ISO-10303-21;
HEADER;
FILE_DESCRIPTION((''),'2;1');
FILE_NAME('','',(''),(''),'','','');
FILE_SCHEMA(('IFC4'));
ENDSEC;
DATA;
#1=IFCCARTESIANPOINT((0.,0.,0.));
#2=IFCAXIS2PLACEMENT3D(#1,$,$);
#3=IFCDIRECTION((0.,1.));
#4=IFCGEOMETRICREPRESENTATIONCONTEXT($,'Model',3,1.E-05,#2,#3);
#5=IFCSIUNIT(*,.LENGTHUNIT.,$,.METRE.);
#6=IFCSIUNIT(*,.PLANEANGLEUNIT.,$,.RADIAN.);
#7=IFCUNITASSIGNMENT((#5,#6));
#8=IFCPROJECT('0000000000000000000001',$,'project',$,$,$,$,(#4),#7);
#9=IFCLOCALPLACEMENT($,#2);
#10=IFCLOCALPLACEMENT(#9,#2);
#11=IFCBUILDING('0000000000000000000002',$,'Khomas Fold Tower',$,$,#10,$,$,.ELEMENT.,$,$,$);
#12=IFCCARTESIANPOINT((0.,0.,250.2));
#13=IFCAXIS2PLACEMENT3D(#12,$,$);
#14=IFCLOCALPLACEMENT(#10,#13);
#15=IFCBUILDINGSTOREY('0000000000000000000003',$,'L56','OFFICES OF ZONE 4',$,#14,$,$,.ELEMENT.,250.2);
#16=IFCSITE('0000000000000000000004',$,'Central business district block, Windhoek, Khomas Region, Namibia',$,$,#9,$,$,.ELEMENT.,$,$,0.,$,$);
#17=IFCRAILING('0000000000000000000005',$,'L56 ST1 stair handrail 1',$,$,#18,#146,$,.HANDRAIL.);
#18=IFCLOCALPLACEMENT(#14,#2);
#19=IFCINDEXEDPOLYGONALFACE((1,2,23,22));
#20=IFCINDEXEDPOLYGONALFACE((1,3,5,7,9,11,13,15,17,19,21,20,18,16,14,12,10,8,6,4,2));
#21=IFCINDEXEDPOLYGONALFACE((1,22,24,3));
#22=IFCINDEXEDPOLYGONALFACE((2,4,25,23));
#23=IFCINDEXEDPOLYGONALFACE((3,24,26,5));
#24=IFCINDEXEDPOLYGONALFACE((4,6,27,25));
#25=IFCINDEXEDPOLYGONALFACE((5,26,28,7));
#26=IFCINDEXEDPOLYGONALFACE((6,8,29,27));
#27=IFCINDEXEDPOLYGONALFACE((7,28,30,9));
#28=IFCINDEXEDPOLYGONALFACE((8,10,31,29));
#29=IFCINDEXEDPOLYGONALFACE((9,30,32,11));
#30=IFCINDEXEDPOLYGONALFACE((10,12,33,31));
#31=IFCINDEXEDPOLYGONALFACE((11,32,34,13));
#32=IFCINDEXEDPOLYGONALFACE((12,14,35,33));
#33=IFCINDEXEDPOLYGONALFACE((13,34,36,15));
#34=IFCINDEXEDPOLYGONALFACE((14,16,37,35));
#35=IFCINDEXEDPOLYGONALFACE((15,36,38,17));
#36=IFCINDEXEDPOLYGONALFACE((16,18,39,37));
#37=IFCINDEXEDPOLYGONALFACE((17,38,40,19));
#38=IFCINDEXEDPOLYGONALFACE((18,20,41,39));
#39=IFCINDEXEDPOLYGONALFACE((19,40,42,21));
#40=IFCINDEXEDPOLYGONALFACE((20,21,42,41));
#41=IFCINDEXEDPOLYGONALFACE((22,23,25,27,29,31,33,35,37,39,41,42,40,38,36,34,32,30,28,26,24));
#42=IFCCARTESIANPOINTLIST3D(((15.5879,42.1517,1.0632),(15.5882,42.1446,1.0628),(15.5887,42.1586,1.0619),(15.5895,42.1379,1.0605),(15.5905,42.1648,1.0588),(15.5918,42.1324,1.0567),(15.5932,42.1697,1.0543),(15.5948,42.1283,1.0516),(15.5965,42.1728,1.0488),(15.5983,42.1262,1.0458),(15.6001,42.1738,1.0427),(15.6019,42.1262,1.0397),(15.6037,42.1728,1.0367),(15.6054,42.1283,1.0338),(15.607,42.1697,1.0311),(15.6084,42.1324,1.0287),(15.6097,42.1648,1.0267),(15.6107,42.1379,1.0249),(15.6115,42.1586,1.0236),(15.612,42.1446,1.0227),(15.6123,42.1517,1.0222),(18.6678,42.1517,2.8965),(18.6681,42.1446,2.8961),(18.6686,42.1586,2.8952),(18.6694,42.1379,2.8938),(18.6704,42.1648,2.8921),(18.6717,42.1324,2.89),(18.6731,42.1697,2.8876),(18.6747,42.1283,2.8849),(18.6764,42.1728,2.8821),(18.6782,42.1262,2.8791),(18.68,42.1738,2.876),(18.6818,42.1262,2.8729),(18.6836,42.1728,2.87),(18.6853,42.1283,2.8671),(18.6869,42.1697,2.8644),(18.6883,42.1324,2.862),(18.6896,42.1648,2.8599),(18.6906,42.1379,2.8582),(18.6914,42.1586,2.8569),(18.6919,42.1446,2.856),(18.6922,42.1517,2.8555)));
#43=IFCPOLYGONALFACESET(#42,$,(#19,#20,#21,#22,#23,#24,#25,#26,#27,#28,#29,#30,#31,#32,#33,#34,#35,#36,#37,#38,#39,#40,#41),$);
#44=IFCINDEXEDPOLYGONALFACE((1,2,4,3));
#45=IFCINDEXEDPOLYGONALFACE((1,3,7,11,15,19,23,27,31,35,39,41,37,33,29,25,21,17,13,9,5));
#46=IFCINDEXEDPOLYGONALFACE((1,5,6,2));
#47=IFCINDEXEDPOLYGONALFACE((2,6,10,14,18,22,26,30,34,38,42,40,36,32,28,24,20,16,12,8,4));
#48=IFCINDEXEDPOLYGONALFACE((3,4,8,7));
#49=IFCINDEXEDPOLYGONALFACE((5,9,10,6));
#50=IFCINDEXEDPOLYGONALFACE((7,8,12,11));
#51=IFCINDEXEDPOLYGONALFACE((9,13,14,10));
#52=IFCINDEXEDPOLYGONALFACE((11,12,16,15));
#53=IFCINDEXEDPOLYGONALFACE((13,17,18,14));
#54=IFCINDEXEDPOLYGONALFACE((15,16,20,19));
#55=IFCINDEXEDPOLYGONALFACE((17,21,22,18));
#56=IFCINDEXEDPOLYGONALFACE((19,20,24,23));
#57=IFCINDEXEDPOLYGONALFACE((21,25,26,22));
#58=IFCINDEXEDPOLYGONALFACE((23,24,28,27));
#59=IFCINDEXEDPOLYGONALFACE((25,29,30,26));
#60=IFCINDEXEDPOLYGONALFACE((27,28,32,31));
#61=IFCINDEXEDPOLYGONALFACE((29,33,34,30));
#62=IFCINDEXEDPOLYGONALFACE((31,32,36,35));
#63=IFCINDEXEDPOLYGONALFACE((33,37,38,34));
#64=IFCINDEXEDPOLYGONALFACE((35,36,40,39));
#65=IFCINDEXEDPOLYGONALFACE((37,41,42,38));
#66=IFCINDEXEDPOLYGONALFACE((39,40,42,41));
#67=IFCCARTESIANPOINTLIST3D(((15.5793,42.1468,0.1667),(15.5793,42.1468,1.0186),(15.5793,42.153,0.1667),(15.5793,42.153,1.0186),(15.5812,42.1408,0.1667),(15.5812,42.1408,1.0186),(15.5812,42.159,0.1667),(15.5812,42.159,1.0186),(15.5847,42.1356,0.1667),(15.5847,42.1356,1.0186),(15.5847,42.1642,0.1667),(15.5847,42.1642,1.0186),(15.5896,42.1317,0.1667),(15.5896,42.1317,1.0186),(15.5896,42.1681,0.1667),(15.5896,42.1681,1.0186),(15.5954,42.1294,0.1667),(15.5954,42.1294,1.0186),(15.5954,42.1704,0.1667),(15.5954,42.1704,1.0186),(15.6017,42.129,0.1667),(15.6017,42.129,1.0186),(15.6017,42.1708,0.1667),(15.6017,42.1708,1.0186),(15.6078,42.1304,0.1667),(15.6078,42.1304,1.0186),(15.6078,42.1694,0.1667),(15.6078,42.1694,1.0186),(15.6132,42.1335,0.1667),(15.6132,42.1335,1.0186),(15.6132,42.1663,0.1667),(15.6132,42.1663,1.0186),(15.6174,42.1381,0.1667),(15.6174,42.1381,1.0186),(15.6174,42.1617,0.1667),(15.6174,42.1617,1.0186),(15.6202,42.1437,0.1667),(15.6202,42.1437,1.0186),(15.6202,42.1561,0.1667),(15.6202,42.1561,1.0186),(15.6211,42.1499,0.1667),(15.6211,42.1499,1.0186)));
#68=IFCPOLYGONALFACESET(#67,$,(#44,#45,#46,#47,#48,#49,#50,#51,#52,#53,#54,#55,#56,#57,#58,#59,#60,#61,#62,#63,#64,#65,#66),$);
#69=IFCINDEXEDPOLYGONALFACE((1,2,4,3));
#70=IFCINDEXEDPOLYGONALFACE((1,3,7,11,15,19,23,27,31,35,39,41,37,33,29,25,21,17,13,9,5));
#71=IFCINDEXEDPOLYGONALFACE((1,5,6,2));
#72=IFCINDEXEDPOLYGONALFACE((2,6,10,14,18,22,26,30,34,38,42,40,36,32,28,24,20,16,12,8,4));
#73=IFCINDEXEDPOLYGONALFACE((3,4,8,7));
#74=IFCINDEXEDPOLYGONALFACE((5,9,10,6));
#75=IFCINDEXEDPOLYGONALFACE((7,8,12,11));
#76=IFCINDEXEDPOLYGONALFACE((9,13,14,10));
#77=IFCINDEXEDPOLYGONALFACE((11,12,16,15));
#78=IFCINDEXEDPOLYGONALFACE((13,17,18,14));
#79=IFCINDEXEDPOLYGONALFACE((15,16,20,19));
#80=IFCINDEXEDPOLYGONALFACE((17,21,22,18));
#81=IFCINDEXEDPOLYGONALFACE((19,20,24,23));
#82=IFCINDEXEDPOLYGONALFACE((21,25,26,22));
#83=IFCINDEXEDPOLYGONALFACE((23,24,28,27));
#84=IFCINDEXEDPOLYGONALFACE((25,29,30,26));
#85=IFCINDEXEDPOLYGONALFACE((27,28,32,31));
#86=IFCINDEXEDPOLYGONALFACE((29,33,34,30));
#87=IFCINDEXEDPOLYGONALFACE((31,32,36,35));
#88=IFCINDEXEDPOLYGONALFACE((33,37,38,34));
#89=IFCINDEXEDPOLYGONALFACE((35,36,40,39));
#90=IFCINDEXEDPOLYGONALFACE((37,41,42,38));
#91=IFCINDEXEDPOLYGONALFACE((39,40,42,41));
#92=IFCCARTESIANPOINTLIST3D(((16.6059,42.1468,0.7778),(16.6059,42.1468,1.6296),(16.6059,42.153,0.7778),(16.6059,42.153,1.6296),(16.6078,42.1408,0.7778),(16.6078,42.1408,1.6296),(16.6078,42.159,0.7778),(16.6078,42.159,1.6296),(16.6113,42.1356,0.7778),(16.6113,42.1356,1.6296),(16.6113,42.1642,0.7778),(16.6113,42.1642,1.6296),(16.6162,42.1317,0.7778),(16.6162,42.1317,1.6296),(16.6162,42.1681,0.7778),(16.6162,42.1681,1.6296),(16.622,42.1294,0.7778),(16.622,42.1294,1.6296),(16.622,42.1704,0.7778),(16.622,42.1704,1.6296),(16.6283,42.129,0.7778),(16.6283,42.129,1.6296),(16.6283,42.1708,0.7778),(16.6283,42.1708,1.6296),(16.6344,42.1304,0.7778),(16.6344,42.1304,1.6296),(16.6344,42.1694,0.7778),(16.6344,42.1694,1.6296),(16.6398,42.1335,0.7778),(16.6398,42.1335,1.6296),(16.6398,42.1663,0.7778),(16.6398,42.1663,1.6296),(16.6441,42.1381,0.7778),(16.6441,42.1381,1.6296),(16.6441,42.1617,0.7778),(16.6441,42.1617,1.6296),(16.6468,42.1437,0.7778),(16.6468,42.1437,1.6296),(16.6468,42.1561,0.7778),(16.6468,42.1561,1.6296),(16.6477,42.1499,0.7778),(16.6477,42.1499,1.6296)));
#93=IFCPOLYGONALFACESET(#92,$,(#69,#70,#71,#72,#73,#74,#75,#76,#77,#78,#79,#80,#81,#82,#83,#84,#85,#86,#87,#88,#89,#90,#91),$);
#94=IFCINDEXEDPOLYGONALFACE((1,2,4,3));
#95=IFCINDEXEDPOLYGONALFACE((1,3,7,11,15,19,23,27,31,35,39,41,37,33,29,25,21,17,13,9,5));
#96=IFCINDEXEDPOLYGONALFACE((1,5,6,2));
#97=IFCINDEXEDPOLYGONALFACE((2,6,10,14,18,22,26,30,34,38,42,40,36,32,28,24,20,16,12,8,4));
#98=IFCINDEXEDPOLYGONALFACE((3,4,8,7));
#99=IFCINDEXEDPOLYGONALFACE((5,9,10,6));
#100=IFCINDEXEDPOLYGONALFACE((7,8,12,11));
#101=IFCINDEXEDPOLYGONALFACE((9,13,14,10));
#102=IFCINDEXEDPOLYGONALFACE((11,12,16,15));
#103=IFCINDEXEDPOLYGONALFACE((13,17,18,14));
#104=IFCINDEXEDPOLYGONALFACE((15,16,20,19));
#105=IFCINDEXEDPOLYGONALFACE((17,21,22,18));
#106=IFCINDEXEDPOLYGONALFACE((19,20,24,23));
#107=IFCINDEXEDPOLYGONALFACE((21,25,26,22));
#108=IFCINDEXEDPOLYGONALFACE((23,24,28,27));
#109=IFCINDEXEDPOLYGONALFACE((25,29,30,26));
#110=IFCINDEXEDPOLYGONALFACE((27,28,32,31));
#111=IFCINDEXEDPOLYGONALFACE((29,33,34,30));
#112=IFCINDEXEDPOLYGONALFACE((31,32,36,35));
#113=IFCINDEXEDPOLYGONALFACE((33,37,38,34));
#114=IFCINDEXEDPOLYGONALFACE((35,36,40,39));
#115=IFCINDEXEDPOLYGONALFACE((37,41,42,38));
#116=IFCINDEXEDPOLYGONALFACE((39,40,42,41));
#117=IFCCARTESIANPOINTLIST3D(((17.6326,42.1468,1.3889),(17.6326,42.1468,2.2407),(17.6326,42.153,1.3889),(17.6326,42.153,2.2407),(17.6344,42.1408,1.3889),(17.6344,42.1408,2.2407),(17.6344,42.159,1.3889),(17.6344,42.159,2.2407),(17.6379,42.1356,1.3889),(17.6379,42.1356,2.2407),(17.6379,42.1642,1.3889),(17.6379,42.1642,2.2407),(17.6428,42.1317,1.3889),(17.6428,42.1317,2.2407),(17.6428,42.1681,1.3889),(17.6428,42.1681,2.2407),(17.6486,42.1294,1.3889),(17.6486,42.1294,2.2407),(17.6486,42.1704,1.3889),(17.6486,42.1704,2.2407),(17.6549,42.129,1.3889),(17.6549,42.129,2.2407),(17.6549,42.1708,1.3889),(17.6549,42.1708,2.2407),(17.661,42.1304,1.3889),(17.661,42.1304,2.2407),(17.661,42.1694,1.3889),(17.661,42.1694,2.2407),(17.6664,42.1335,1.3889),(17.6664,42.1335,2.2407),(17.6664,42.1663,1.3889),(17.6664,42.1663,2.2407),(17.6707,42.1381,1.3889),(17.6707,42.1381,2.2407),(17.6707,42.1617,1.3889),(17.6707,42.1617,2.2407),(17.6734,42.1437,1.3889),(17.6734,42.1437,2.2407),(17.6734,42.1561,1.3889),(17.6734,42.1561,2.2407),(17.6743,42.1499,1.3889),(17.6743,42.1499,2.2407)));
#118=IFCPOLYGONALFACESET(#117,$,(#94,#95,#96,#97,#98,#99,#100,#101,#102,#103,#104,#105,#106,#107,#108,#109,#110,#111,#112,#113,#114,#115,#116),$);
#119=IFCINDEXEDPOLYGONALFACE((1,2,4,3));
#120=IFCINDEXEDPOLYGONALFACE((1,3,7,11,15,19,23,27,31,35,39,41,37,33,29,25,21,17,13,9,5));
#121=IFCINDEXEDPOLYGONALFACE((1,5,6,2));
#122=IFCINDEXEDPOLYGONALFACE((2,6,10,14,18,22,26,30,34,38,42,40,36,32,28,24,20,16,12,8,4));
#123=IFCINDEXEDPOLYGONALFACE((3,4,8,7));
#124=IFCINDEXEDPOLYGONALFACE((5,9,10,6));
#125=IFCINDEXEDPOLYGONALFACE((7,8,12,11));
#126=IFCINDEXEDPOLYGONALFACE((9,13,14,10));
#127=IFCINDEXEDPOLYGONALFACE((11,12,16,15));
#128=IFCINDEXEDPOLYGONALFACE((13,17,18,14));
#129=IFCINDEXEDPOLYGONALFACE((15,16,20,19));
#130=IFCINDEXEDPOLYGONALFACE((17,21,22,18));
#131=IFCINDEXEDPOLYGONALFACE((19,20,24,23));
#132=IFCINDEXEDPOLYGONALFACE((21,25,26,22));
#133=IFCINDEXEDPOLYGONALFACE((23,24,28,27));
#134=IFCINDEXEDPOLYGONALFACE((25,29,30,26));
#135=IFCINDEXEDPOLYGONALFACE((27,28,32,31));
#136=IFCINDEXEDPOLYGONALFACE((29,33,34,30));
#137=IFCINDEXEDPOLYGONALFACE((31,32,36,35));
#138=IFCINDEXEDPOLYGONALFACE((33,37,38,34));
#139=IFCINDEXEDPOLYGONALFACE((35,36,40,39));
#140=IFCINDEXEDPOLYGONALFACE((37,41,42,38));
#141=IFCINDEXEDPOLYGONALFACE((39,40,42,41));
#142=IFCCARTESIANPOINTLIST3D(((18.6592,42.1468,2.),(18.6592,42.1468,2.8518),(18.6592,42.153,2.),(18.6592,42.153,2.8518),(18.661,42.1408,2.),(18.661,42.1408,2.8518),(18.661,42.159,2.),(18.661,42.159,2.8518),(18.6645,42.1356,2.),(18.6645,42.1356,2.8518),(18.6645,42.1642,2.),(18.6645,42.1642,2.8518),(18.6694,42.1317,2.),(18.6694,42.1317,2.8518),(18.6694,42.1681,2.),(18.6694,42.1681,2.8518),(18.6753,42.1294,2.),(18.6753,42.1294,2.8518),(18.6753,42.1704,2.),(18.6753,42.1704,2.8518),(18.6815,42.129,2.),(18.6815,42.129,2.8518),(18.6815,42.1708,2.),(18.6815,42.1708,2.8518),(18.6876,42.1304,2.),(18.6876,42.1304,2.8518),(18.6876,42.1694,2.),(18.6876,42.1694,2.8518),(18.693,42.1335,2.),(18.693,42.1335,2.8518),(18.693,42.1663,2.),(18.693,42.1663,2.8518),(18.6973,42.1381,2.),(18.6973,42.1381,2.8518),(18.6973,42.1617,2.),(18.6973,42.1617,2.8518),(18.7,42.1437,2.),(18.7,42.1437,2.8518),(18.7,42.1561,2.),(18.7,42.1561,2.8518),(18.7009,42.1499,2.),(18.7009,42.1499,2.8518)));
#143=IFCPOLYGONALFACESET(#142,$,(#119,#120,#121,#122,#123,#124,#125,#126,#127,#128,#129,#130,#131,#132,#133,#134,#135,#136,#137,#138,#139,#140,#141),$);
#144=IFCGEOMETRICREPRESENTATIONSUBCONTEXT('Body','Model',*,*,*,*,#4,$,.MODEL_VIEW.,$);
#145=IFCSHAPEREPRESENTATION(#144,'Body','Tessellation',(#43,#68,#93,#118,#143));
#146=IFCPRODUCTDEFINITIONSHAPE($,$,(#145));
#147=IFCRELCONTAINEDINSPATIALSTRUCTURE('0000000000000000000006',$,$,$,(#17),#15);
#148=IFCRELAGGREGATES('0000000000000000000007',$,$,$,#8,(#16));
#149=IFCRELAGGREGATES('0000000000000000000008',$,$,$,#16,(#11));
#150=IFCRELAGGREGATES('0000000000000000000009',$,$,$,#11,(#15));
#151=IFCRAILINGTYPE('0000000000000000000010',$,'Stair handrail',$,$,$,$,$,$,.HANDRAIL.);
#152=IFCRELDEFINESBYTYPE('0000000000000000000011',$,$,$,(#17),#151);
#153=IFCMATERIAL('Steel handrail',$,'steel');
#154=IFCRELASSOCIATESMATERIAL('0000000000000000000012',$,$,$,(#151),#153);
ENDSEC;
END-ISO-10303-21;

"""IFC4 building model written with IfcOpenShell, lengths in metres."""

from ifc_helpers import new_model, si_unit, direction, frame, origin, origin_2d, place, context, subcontext, project, spatial, circle, extrude, source, transform, mapped, material, type_object, element, save


model = new_model("IFC4")

# Units and contexts
model_context = context("Model", 3, precision=1e-05, world=origin(), true_north=direction((0.0, 1.0)))
body_context = subcontext(model_context, "Body", "Model", "MODEL_VIEW")
ifc_project = project(units=[si_unit("LENGTHUNIT", "METRE"), si_unit("PLANEANGLEUNIT", "RADIAN")], contexts=[model_context])

# Site, building, storey
site_placement = place(None, origin())
site = spatial("IfcSite", under=ifc_project, at=site_placement, Name="Central business district block, Windhoek, Khomas Region, Namibia", CompositionType="ELEMENT", RefElevation=0.0)
building_placement = place(site_placement, origin())
building = spatial("IfcBuilding", under=site, at=building_placement, Name="Khomas Fold Tower", CompositionType="ELEMENT")
storey_placement = place(building_placement, frame((0.0, 0.0, 250.2)))
storey = spatial("IfcBuildingStorey", under=building, at=storey_placement, Name="L56", Description="OFFICES OF ZONE 4", CompositionType="ELEMENT", Elevation=250.2)

# Railing
ifc_material_1 = material(Name="Steel handrail", Category="steel")
railing_type_1 = type_object("IfcRailingType", Name="Stair handrail", PredefinedType="HANDRAIL", material=ifc_material_1)
shared_shape_1 = source(origin(), body_context, "Body", "SweptSolid", [
    extrude(circle(Radius=0.0239, at=origin_2d()), frame((0.0, 0.0, 0.876), z_axis=(0.859291, 0.0, 0.511487), x_axis=(0.0, 1.0, 0.0)), (0.0, 0.0, 1.0), 3.5842),
    extrude(circle(Radius=0.021, at=origin_2d()), origin(), (0.0, 0.0, 1.0), 0.8518),
    extrude(circle(Radius=0.021, at=origin_2d()), frame((1.0266, 0.0, 0.6111)), (0.0, 0.0, 1.0), 0.8518),
    extrude(circle(Radius=0.021, at=origin_2d()), frame((2.0532, 0.0, 1.2222)), (0.0, 0.0, 1.0), 0.8518),
    extrude(circle(Radius=0.021, at=origin_2d()), frame((3.0798, 0.0, 1.8333)), (0.0, 0.0, 1.0), 0.8518),
])
railing_1_placement = place(storey_placement, frame((15.6001, 42.1499, 0.1667)))
element("IfcRailing", 1, at=railing_1_placement, inside=storey, type_object=railing_type_1, Name="L56 ST1 stair handrail 1", PredefinedType="HANDRAIL", context=body_context, shape_type="MappedRepresentation", body=[
    mapped(shared_shape_1, transform((0.0, 0.0, 0.0))),
])

save(model, "model.ifc")
